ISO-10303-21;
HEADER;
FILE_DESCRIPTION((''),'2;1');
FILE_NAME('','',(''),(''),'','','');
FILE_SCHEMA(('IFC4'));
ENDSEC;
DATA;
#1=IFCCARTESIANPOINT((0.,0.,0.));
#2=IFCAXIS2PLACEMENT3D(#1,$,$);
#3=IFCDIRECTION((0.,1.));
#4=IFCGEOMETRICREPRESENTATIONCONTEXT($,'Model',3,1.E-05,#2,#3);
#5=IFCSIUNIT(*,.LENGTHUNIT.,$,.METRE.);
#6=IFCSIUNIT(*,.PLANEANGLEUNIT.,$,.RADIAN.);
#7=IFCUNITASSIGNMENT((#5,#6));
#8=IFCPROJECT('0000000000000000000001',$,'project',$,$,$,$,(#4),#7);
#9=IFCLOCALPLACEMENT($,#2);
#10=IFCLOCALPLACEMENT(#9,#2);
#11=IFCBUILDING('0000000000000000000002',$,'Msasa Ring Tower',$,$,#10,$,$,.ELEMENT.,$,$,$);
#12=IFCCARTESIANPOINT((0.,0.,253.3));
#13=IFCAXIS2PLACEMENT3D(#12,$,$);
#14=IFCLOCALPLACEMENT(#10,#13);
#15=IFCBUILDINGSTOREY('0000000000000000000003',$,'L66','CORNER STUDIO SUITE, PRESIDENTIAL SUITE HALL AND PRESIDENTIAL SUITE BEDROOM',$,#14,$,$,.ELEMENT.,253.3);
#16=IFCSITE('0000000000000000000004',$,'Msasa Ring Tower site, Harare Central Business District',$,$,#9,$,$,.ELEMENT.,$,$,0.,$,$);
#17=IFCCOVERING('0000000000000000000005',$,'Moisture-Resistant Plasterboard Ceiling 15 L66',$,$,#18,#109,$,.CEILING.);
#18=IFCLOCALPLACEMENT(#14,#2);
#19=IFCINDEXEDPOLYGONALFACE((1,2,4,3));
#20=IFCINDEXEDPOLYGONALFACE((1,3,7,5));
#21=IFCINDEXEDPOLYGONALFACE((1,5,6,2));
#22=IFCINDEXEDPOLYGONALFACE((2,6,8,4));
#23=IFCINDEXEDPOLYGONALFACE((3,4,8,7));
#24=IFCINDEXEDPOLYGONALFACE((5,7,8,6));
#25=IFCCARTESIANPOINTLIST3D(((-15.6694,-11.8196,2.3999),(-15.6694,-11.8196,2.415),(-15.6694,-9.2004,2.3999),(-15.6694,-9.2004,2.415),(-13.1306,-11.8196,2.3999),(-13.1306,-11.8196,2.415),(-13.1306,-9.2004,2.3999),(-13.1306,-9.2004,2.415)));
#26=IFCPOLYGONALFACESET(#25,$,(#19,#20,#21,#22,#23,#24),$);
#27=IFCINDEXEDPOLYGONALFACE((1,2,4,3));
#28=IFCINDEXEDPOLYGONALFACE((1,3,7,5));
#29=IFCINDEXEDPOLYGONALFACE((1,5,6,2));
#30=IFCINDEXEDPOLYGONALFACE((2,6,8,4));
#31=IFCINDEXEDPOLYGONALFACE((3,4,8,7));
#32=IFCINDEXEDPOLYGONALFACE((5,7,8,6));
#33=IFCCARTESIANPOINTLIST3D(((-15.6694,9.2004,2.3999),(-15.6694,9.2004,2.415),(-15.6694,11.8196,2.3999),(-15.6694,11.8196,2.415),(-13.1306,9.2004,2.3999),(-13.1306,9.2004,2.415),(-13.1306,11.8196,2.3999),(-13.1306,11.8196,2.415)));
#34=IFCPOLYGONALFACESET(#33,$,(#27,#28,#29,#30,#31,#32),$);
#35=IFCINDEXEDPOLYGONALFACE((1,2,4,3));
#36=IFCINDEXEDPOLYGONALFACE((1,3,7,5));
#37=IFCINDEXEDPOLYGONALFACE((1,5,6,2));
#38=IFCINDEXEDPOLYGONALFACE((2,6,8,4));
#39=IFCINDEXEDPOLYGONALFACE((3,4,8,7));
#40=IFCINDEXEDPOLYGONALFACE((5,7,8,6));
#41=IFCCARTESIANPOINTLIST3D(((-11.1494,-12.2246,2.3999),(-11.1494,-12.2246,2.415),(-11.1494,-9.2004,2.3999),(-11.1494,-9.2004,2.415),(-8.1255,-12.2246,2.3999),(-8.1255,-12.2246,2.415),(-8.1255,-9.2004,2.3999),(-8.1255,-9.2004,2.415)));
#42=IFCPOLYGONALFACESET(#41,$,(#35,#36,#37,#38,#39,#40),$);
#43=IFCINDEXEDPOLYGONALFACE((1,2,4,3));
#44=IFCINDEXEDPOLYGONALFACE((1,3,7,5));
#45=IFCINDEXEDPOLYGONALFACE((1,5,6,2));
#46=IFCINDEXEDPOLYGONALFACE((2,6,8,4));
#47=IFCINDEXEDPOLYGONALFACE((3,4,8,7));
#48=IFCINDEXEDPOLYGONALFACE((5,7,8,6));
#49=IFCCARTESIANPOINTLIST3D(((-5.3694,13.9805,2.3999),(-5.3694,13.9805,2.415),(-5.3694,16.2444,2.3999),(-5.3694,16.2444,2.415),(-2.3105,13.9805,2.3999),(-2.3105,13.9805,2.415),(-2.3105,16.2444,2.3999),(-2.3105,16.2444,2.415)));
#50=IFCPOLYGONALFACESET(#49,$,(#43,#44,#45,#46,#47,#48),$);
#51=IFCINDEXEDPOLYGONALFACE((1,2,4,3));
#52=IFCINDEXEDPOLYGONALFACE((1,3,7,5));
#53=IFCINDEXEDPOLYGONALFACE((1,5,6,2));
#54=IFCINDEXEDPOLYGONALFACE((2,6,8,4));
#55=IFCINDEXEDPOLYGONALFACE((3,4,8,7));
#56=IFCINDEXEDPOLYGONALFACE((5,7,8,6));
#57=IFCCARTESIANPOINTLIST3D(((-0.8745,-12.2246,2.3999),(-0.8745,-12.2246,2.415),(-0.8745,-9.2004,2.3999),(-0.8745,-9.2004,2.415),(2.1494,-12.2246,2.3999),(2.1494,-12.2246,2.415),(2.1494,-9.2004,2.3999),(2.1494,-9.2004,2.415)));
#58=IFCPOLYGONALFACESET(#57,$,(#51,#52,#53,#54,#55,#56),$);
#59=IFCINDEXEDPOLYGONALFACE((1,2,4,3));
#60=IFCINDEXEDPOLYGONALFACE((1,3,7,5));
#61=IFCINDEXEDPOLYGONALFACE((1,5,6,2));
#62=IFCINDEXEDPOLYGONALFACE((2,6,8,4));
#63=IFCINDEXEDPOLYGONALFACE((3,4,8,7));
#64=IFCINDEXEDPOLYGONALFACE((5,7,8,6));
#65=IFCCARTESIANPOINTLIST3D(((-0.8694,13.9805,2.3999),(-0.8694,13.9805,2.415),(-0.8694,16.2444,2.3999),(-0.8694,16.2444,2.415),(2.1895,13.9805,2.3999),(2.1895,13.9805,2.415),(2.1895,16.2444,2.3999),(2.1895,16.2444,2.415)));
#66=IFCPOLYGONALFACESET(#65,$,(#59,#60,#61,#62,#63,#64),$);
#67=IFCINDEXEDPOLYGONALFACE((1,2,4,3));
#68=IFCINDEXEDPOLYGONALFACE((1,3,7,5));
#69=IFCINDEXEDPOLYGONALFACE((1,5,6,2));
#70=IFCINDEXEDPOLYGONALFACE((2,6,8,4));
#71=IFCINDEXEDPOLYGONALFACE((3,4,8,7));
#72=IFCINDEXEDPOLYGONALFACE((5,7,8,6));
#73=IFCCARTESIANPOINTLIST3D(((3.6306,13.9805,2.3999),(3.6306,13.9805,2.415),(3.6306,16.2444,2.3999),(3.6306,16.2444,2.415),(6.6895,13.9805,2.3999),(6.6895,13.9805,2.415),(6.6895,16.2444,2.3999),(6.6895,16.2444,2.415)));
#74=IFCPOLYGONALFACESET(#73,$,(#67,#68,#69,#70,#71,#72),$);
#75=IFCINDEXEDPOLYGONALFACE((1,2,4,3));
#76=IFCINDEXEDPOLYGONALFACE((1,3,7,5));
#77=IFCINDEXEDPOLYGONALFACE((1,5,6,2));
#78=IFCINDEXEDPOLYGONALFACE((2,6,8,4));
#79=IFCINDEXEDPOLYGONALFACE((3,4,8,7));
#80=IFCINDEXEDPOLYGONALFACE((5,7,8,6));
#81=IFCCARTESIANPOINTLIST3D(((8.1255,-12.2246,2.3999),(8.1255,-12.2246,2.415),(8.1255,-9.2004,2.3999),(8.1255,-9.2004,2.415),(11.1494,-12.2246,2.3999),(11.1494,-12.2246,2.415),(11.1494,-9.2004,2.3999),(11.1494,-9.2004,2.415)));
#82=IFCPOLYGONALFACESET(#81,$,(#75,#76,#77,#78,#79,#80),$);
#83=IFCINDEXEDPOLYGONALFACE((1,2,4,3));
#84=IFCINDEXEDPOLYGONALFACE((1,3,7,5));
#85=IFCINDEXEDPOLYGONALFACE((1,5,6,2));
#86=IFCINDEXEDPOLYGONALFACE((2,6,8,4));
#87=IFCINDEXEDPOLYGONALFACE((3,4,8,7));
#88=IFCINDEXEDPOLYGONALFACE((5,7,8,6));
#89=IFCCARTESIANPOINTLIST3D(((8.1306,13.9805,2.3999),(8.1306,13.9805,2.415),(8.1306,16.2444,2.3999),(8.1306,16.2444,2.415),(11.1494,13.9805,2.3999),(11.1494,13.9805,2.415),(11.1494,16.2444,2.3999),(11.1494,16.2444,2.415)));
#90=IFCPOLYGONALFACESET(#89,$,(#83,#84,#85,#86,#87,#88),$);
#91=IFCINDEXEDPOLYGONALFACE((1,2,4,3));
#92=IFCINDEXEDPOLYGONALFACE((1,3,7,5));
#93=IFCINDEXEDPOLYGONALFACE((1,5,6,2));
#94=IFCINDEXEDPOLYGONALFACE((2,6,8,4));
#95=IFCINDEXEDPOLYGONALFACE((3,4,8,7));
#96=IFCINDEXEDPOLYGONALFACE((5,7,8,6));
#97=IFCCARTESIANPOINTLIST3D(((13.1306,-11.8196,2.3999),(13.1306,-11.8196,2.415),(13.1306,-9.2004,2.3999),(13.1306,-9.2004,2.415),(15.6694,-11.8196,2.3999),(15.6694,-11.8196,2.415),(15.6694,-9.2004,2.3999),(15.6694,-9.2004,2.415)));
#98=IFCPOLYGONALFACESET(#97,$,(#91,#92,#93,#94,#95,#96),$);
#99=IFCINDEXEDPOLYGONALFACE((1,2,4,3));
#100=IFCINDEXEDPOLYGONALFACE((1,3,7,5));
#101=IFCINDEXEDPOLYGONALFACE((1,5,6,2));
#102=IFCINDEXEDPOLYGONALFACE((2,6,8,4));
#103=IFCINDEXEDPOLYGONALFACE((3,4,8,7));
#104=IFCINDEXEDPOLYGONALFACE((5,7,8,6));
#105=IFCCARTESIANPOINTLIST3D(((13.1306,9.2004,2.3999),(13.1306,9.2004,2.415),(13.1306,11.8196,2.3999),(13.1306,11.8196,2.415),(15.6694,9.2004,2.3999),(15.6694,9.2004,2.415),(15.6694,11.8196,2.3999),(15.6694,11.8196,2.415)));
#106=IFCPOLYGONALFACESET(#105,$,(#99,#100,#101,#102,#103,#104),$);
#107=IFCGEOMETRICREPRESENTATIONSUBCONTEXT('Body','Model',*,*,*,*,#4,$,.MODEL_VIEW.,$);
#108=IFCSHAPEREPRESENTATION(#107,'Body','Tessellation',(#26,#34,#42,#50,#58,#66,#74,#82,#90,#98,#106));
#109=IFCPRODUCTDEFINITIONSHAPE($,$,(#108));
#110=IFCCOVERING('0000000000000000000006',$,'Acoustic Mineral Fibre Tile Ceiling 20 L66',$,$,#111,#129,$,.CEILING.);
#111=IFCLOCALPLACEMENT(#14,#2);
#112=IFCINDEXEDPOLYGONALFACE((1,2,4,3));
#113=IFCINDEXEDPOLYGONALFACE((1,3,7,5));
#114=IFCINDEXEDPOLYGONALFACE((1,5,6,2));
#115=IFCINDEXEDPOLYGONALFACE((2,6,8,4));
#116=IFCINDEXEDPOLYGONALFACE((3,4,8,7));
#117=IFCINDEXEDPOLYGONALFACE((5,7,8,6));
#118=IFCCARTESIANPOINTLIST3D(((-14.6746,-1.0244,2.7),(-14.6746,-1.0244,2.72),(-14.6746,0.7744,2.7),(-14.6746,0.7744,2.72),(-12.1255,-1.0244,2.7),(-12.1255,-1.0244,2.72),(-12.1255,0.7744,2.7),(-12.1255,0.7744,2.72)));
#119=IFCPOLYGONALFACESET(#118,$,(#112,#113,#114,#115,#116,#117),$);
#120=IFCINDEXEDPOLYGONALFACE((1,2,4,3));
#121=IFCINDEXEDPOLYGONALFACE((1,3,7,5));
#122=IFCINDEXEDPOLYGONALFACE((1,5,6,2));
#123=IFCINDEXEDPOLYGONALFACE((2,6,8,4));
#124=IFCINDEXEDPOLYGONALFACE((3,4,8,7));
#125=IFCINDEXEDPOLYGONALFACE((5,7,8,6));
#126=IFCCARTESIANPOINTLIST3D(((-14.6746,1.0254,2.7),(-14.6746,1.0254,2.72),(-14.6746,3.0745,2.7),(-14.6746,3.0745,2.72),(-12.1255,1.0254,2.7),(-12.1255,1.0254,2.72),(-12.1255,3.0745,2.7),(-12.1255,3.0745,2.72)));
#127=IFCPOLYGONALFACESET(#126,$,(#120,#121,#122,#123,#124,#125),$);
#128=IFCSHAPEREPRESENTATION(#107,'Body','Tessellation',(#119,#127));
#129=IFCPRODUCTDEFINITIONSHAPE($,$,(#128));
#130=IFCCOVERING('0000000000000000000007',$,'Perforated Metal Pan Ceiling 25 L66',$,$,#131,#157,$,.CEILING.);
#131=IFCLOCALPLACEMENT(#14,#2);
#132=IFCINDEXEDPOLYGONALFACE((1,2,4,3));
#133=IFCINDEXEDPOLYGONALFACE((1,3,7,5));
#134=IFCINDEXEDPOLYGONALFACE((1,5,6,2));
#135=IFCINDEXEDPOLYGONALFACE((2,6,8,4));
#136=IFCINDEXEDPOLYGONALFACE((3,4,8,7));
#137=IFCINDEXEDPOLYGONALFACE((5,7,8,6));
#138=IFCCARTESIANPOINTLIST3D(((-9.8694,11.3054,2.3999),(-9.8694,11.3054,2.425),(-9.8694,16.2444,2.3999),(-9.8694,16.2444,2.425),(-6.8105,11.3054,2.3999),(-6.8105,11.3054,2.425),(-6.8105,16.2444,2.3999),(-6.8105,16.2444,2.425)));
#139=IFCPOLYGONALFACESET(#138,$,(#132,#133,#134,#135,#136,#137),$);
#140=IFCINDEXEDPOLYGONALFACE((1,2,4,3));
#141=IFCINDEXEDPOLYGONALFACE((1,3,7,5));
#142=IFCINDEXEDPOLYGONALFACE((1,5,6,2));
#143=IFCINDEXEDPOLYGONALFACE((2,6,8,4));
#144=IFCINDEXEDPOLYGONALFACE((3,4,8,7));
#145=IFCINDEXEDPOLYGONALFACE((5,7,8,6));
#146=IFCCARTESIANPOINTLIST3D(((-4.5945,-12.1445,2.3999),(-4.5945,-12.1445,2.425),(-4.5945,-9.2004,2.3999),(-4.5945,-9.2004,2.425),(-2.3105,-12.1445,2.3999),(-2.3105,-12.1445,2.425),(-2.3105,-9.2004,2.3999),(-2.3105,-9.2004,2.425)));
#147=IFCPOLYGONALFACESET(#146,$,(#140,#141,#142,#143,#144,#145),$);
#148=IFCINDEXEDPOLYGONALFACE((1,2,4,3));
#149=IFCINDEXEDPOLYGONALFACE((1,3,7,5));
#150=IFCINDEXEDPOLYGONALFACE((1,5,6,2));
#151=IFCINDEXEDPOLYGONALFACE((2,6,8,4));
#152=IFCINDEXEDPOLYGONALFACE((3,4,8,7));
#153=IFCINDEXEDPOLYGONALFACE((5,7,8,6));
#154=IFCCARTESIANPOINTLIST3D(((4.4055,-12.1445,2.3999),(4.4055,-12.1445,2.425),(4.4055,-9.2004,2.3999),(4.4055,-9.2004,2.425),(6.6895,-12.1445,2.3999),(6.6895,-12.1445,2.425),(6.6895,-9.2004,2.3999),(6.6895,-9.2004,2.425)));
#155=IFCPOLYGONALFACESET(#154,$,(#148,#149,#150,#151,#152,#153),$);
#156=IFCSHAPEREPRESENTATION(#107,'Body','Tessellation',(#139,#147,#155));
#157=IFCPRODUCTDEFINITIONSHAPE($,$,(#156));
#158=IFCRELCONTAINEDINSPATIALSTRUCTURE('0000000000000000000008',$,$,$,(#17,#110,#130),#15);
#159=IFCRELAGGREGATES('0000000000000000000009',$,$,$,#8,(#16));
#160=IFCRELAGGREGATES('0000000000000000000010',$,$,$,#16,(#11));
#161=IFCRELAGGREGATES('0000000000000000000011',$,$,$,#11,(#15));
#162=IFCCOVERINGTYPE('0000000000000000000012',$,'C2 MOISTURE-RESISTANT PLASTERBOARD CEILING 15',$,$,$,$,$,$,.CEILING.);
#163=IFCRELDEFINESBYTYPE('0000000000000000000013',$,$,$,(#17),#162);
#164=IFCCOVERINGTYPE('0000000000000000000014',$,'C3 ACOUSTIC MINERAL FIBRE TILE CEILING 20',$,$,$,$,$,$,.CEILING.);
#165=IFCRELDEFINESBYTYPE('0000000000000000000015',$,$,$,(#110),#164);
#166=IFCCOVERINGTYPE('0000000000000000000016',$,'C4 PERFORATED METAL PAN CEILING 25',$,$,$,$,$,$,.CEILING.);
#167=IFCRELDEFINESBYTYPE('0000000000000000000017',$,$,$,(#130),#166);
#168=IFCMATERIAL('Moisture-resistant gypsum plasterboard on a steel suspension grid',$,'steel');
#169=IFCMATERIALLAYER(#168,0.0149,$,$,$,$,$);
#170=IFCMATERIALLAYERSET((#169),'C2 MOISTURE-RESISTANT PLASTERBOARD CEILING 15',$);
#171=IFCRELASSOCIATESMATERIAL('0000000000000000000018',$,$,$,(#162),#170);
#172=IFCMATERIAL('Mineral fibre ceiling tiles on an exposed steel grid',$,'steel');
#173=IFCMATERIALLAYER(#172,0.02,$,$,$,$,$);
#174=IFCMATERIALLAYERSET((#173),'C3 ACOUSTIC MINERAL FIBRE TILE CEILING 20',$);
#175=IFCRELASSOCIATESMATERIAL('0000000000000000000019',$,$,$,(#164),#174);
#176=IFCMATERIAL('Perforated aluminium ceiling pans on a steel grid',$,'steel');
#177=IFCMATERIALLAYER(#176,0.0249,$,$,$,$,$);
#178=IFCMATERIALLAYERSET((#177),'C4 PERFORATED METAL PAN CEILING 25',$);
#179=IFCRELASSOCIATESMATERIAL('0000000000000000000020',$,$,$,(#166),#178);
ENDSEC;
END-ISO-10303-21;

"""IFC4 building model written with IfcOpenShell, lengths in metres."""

from ifc_helpers import new_model, si_unit, direction, frame, origin, place, context, subcontext, project, spatial, line, indexed_curve, outline, extrude, material, layer, layer_set, type_object, element, save


model = new_model("IFC4")

# Units and contexts
model_context = context("Model", 3, precision=1e-05, world=origin(), true_north=direction((0.0, 1.0)))
body_context = subcontext(model_context, "Body", "Model", "MODEL_VIEW")
ifc_project = project(units=[si_unit("LENGTHUNIT", "METRE"), si_unit("PLANEANGLEUNIT", "RADIAN")], contexts=[model_context])

# Site, building, storey
site_placement = place(None, origin())
site = spatial("IfcSite", under=ifc_project, at=site_placement, Name="Msasa Ring Tower site, Harare Central Business District", CompositionType="ELEMENT", RefElevation=0.0)
building_placement = place(site_placement, origin())
building = spatial("IfcBuilding", under=site, at=building_placement, Name="Msasa Ring Tower", CompositionType="ELEMENT")
storey_placement = place(building_placement, frame((0.0, 0.0, 253.3)))
storey = spatial("IfcBuildingStorey", under=building, at=storey_placement, Name="L66", Description="CORNER STUDIO SUITE, PRESIDENTIAL SUITE HALL AND PRESIDENTIAL SUITE BEDROOM", CompositionType="ELEMENT", Elevation=253.3)

# Coverings
ifc_material_1 = material(Name="Moisture-resistant gypsum plasterboard on a steel suspension grid", Category="steel")
ifc_layer_1 = layer(ifc_material_1, 0.0149)
ifc_layer_set_1 = layer_set([ifc_layer_1], Name="C2 MOISTURE-RESISTANT PLASTERBOARD CEILING 15")
covering_type_1 = type_object("IfcCoveringType", Name="C2 MOISTURE-RESISTANT PLASTERBOARD CEILING 15", PredefinedType="CEILING", material=ifc_layer_set_1)
covering_1_placement = place(storey_placement, frame((0.0, 0.0, 2.3999)))
element("IfcCovering", 1, at=covering_1_placement, inside=storey, type_object=covering_type_1, Name="Moisture-Resistant Plasterboard Ceiling 15 L66", PredefinedType="CEILING", context=body_context, shape_type="SweptSolid", body=[
    extrude(outline(indexed_curve([(-15.6694, -11.8196), (-15.6694, -9.2004), (-13.1306, -9.2004), (-13.1306, -11.8196)], segments=[line(1, 2, 3, 4, 1)], self_intersect=False)), origin(), (0.0, 0.0, 1.0), 0.0151),
    extrude(outline(indexed_curve([(-15.6694, 11.8196), (-13.1306, 11.8196), (-13.1306, 9.2004), (-15.6694, 9.2004)], segments=[line(1, 2, 3, 4, 1)], self_intersect=False)), origin(), (0.0, 0.0, 1.0), 0.0151),
    extrude(outline(indexed_curve([(-11.1494, -9.2004), (-8.1255, -9.2004), (-8.1255, -12.2246), (-11.1494, -12.2246)], segments=[line(1, 2, 3, 4, 1)], self_intersect=False)), origin(), (0.0, 0.0, 1.0), 0.0151),
    extrude(outline(indexed_curve([(-5.3694, 16.2444), (-2.3105, 16.2444), (-2.3105, 13.9805), (-5.3694, 13.9805)], segments=[line(1, 2, 3, 4, 1)], self_intersect=False)), origin(), (0.0, 0.0, 1.0), 0.0151),
    extrude(outline(indexed_curve([(2.1494, -9.2004), (2.1494, -12.2246), (-0.8745, -12.2246), (-0.8745, -9.2004)], segments=[line(1, 2, 3, 4, 1)], self_intersect=False)), origin(), (0.0, 0.0, 1.0), 0.0151),
    extrude(outline(indexed_curve([(-0.8694, 13.9805), (-0.8694, 16.2444), (2.1895, 16.2444), (2.1895, 13.9805)], segments=[line(1, 2, 3, 4, 1)], self_intersect=False)), origin(), (0.0, 0.0, 1.0), 0.0151),
    extrude(outline(indexed_curve([(3.6306, 16.2444), (6.6895, 16.2444), (6.6895, 13.9805), (3.6306, 13.9805)], segments=[line(1, 2, 3, 4, 1)], self_intersect=False)), origin(), (0.0, 0.0, 1.0), 0.0151),
    extrude(outline(indexed_curve([(11.1494, -9.2004), (11.1494, -12.2246), (8.1255, -12.2246), (8.1255, -9.2004)], segments=[line(1, 2, 3, 4, 1)], self_intersect=False)), origin(), (0.0, 0.0, 1.0), 0.0151),
    extrude(outline(indexed_curve([(8.1306, 16.2444), (11.1494, 16.2444), (11.1494, 13.9805), (8.1306, 13.9805)], segments=[line(1, 2, 3, 4, 1)], self_intersect=False)), origin(), (0.0, 0.0, 1.0), 0.0151),
    extrude(outline(indexed_curve([(13.1306, -9.2004), (15.6694, -9.2004), (15.6694, -11.8196), (13.1306, -11.8196)], segments=[line(1, 2, 3, 4, 1)], self_intersect=False)), origin(), (0.0, 0.0, 1.0), 0.0151),
    extrude(outline(indexed_curve([(13.1306, 9.2004), (13.1306, 11.8196), (15.6694, 11.8196), (15.6694, 9.2004)], segments=[line(1, 2, 3, 4, 1)], self_intersect=False)), origin(), (0.0, 0.0, 1.0), 0.0151),
])
ifc_material_2 = material(Name="Mineral fibre ceiling tiles on an exposed steel grid", Category="steel")
ifc_layer_2 = layer(ifc_material_2, 0.02)
ifc_layer_set_2 = layer_set([ifc_layer_2], Name="C3 ACOUSTIC MINERAL FIBRE TILE CEILING 20")
covering_type_2 = type_object("IfcCoveringType", Name="C3 ACOUSTIC MINERAL FIBRE TILE CEILING 20", PredefinedType="CEILING", material=ifc_layer_set_2)
covering_2_placement = place(storey_placement, frame((0.0, 0.0, 2.7)))
element("IfcCovering", 2, at=covering_2_placement, inside=storey, type_object=covering_type_2, Name="Acoustic Mineral Fibre Tile Ceiling 20 L66", PredefinedType="CEILING", context=body_context, shape_type="SweptSolid", body=[
    extrude(outline(indexed_curve([(-12.1255, -1.0244), (-14.6746, -1.0244), (-14.6746, 0.7744), (-12.1255, 0.7744)], segments=[line(1, 2, 3, 4, 1)], self_intersect=False)), origin(), (0.0, 0.0, 1.0), 0.02),
    extrude(outline(indexed_curve([(-12.1255, 3.0745), (-12.1255, 1.0254), (-14.6746, 1.0254), (-14.6746, 3.0745)], segments=[line(1, 2, 3, 4, 1)], self_intersect=False)), origin(), (0.0, 0.0, 1.0), 0.02),
])
ifc_material_3 = material(Name="Perforated aluminium ceiling pans on a steel grid", Category="steel")
ifc_layer_3 = layer(ifc_material_3, 0.0249)
ifc_layer_set_3 = layer_set([ifc_layer_3], Name="C4 PERFORATED METAL PAN CEILING 25")
covering_type_3 = type_object("IfcCoveringType", Name="C4 PERFORATED METAL PAN CEILING 25", PredefinedType="CEILING", material=ifc_layer_set_3)
covering_3_placement = place(storey_placement, frame((0.0, 0.0, 2.3999)))
element("IfcCovering", 3, at=covering_3_placement, inside=storey, type_object=covering_type_3, Name="Perforated Metal Pan Ceiling 25 L66", PredefinedType="CEILING", context=body_context, shape_type="SweptSolid", body=[
    extrude(outline(indexed_curve([(-6.8105, 11.3054), (-9.8694, 11.3054), (-9.8694, 16.2444), (-6.8105, 16.2444)], segments=[line(1, 2, 3, 4, 1)], self_intersect=False)), origin(), (0.0, 0.0, 1.0), 0.0251),
    extrude(outline(indexed_curve([(-2.3105, -9.2004), (-2.3105, -12.1445), (-4.5945, -12.1445), (-4.5945, -9.2004)], segments=[line(1, 2, 3, 4, 1)], self_intersect=False)), origin(), (0.0, 0.0, 1.0), 0.0251),
    extrude(outline(indexed_curve([(6.6895, -12.1445), (4.4055, -12.1445), (4.4055, -9.2004), (6.6895, -9.2004)], segments=[line(1, 2, 3, 4, 1)], self_intersect=False)), origin(), (0.0, 0.0, 1.0), 0.0251),
])

save(model, "model.ifc")
